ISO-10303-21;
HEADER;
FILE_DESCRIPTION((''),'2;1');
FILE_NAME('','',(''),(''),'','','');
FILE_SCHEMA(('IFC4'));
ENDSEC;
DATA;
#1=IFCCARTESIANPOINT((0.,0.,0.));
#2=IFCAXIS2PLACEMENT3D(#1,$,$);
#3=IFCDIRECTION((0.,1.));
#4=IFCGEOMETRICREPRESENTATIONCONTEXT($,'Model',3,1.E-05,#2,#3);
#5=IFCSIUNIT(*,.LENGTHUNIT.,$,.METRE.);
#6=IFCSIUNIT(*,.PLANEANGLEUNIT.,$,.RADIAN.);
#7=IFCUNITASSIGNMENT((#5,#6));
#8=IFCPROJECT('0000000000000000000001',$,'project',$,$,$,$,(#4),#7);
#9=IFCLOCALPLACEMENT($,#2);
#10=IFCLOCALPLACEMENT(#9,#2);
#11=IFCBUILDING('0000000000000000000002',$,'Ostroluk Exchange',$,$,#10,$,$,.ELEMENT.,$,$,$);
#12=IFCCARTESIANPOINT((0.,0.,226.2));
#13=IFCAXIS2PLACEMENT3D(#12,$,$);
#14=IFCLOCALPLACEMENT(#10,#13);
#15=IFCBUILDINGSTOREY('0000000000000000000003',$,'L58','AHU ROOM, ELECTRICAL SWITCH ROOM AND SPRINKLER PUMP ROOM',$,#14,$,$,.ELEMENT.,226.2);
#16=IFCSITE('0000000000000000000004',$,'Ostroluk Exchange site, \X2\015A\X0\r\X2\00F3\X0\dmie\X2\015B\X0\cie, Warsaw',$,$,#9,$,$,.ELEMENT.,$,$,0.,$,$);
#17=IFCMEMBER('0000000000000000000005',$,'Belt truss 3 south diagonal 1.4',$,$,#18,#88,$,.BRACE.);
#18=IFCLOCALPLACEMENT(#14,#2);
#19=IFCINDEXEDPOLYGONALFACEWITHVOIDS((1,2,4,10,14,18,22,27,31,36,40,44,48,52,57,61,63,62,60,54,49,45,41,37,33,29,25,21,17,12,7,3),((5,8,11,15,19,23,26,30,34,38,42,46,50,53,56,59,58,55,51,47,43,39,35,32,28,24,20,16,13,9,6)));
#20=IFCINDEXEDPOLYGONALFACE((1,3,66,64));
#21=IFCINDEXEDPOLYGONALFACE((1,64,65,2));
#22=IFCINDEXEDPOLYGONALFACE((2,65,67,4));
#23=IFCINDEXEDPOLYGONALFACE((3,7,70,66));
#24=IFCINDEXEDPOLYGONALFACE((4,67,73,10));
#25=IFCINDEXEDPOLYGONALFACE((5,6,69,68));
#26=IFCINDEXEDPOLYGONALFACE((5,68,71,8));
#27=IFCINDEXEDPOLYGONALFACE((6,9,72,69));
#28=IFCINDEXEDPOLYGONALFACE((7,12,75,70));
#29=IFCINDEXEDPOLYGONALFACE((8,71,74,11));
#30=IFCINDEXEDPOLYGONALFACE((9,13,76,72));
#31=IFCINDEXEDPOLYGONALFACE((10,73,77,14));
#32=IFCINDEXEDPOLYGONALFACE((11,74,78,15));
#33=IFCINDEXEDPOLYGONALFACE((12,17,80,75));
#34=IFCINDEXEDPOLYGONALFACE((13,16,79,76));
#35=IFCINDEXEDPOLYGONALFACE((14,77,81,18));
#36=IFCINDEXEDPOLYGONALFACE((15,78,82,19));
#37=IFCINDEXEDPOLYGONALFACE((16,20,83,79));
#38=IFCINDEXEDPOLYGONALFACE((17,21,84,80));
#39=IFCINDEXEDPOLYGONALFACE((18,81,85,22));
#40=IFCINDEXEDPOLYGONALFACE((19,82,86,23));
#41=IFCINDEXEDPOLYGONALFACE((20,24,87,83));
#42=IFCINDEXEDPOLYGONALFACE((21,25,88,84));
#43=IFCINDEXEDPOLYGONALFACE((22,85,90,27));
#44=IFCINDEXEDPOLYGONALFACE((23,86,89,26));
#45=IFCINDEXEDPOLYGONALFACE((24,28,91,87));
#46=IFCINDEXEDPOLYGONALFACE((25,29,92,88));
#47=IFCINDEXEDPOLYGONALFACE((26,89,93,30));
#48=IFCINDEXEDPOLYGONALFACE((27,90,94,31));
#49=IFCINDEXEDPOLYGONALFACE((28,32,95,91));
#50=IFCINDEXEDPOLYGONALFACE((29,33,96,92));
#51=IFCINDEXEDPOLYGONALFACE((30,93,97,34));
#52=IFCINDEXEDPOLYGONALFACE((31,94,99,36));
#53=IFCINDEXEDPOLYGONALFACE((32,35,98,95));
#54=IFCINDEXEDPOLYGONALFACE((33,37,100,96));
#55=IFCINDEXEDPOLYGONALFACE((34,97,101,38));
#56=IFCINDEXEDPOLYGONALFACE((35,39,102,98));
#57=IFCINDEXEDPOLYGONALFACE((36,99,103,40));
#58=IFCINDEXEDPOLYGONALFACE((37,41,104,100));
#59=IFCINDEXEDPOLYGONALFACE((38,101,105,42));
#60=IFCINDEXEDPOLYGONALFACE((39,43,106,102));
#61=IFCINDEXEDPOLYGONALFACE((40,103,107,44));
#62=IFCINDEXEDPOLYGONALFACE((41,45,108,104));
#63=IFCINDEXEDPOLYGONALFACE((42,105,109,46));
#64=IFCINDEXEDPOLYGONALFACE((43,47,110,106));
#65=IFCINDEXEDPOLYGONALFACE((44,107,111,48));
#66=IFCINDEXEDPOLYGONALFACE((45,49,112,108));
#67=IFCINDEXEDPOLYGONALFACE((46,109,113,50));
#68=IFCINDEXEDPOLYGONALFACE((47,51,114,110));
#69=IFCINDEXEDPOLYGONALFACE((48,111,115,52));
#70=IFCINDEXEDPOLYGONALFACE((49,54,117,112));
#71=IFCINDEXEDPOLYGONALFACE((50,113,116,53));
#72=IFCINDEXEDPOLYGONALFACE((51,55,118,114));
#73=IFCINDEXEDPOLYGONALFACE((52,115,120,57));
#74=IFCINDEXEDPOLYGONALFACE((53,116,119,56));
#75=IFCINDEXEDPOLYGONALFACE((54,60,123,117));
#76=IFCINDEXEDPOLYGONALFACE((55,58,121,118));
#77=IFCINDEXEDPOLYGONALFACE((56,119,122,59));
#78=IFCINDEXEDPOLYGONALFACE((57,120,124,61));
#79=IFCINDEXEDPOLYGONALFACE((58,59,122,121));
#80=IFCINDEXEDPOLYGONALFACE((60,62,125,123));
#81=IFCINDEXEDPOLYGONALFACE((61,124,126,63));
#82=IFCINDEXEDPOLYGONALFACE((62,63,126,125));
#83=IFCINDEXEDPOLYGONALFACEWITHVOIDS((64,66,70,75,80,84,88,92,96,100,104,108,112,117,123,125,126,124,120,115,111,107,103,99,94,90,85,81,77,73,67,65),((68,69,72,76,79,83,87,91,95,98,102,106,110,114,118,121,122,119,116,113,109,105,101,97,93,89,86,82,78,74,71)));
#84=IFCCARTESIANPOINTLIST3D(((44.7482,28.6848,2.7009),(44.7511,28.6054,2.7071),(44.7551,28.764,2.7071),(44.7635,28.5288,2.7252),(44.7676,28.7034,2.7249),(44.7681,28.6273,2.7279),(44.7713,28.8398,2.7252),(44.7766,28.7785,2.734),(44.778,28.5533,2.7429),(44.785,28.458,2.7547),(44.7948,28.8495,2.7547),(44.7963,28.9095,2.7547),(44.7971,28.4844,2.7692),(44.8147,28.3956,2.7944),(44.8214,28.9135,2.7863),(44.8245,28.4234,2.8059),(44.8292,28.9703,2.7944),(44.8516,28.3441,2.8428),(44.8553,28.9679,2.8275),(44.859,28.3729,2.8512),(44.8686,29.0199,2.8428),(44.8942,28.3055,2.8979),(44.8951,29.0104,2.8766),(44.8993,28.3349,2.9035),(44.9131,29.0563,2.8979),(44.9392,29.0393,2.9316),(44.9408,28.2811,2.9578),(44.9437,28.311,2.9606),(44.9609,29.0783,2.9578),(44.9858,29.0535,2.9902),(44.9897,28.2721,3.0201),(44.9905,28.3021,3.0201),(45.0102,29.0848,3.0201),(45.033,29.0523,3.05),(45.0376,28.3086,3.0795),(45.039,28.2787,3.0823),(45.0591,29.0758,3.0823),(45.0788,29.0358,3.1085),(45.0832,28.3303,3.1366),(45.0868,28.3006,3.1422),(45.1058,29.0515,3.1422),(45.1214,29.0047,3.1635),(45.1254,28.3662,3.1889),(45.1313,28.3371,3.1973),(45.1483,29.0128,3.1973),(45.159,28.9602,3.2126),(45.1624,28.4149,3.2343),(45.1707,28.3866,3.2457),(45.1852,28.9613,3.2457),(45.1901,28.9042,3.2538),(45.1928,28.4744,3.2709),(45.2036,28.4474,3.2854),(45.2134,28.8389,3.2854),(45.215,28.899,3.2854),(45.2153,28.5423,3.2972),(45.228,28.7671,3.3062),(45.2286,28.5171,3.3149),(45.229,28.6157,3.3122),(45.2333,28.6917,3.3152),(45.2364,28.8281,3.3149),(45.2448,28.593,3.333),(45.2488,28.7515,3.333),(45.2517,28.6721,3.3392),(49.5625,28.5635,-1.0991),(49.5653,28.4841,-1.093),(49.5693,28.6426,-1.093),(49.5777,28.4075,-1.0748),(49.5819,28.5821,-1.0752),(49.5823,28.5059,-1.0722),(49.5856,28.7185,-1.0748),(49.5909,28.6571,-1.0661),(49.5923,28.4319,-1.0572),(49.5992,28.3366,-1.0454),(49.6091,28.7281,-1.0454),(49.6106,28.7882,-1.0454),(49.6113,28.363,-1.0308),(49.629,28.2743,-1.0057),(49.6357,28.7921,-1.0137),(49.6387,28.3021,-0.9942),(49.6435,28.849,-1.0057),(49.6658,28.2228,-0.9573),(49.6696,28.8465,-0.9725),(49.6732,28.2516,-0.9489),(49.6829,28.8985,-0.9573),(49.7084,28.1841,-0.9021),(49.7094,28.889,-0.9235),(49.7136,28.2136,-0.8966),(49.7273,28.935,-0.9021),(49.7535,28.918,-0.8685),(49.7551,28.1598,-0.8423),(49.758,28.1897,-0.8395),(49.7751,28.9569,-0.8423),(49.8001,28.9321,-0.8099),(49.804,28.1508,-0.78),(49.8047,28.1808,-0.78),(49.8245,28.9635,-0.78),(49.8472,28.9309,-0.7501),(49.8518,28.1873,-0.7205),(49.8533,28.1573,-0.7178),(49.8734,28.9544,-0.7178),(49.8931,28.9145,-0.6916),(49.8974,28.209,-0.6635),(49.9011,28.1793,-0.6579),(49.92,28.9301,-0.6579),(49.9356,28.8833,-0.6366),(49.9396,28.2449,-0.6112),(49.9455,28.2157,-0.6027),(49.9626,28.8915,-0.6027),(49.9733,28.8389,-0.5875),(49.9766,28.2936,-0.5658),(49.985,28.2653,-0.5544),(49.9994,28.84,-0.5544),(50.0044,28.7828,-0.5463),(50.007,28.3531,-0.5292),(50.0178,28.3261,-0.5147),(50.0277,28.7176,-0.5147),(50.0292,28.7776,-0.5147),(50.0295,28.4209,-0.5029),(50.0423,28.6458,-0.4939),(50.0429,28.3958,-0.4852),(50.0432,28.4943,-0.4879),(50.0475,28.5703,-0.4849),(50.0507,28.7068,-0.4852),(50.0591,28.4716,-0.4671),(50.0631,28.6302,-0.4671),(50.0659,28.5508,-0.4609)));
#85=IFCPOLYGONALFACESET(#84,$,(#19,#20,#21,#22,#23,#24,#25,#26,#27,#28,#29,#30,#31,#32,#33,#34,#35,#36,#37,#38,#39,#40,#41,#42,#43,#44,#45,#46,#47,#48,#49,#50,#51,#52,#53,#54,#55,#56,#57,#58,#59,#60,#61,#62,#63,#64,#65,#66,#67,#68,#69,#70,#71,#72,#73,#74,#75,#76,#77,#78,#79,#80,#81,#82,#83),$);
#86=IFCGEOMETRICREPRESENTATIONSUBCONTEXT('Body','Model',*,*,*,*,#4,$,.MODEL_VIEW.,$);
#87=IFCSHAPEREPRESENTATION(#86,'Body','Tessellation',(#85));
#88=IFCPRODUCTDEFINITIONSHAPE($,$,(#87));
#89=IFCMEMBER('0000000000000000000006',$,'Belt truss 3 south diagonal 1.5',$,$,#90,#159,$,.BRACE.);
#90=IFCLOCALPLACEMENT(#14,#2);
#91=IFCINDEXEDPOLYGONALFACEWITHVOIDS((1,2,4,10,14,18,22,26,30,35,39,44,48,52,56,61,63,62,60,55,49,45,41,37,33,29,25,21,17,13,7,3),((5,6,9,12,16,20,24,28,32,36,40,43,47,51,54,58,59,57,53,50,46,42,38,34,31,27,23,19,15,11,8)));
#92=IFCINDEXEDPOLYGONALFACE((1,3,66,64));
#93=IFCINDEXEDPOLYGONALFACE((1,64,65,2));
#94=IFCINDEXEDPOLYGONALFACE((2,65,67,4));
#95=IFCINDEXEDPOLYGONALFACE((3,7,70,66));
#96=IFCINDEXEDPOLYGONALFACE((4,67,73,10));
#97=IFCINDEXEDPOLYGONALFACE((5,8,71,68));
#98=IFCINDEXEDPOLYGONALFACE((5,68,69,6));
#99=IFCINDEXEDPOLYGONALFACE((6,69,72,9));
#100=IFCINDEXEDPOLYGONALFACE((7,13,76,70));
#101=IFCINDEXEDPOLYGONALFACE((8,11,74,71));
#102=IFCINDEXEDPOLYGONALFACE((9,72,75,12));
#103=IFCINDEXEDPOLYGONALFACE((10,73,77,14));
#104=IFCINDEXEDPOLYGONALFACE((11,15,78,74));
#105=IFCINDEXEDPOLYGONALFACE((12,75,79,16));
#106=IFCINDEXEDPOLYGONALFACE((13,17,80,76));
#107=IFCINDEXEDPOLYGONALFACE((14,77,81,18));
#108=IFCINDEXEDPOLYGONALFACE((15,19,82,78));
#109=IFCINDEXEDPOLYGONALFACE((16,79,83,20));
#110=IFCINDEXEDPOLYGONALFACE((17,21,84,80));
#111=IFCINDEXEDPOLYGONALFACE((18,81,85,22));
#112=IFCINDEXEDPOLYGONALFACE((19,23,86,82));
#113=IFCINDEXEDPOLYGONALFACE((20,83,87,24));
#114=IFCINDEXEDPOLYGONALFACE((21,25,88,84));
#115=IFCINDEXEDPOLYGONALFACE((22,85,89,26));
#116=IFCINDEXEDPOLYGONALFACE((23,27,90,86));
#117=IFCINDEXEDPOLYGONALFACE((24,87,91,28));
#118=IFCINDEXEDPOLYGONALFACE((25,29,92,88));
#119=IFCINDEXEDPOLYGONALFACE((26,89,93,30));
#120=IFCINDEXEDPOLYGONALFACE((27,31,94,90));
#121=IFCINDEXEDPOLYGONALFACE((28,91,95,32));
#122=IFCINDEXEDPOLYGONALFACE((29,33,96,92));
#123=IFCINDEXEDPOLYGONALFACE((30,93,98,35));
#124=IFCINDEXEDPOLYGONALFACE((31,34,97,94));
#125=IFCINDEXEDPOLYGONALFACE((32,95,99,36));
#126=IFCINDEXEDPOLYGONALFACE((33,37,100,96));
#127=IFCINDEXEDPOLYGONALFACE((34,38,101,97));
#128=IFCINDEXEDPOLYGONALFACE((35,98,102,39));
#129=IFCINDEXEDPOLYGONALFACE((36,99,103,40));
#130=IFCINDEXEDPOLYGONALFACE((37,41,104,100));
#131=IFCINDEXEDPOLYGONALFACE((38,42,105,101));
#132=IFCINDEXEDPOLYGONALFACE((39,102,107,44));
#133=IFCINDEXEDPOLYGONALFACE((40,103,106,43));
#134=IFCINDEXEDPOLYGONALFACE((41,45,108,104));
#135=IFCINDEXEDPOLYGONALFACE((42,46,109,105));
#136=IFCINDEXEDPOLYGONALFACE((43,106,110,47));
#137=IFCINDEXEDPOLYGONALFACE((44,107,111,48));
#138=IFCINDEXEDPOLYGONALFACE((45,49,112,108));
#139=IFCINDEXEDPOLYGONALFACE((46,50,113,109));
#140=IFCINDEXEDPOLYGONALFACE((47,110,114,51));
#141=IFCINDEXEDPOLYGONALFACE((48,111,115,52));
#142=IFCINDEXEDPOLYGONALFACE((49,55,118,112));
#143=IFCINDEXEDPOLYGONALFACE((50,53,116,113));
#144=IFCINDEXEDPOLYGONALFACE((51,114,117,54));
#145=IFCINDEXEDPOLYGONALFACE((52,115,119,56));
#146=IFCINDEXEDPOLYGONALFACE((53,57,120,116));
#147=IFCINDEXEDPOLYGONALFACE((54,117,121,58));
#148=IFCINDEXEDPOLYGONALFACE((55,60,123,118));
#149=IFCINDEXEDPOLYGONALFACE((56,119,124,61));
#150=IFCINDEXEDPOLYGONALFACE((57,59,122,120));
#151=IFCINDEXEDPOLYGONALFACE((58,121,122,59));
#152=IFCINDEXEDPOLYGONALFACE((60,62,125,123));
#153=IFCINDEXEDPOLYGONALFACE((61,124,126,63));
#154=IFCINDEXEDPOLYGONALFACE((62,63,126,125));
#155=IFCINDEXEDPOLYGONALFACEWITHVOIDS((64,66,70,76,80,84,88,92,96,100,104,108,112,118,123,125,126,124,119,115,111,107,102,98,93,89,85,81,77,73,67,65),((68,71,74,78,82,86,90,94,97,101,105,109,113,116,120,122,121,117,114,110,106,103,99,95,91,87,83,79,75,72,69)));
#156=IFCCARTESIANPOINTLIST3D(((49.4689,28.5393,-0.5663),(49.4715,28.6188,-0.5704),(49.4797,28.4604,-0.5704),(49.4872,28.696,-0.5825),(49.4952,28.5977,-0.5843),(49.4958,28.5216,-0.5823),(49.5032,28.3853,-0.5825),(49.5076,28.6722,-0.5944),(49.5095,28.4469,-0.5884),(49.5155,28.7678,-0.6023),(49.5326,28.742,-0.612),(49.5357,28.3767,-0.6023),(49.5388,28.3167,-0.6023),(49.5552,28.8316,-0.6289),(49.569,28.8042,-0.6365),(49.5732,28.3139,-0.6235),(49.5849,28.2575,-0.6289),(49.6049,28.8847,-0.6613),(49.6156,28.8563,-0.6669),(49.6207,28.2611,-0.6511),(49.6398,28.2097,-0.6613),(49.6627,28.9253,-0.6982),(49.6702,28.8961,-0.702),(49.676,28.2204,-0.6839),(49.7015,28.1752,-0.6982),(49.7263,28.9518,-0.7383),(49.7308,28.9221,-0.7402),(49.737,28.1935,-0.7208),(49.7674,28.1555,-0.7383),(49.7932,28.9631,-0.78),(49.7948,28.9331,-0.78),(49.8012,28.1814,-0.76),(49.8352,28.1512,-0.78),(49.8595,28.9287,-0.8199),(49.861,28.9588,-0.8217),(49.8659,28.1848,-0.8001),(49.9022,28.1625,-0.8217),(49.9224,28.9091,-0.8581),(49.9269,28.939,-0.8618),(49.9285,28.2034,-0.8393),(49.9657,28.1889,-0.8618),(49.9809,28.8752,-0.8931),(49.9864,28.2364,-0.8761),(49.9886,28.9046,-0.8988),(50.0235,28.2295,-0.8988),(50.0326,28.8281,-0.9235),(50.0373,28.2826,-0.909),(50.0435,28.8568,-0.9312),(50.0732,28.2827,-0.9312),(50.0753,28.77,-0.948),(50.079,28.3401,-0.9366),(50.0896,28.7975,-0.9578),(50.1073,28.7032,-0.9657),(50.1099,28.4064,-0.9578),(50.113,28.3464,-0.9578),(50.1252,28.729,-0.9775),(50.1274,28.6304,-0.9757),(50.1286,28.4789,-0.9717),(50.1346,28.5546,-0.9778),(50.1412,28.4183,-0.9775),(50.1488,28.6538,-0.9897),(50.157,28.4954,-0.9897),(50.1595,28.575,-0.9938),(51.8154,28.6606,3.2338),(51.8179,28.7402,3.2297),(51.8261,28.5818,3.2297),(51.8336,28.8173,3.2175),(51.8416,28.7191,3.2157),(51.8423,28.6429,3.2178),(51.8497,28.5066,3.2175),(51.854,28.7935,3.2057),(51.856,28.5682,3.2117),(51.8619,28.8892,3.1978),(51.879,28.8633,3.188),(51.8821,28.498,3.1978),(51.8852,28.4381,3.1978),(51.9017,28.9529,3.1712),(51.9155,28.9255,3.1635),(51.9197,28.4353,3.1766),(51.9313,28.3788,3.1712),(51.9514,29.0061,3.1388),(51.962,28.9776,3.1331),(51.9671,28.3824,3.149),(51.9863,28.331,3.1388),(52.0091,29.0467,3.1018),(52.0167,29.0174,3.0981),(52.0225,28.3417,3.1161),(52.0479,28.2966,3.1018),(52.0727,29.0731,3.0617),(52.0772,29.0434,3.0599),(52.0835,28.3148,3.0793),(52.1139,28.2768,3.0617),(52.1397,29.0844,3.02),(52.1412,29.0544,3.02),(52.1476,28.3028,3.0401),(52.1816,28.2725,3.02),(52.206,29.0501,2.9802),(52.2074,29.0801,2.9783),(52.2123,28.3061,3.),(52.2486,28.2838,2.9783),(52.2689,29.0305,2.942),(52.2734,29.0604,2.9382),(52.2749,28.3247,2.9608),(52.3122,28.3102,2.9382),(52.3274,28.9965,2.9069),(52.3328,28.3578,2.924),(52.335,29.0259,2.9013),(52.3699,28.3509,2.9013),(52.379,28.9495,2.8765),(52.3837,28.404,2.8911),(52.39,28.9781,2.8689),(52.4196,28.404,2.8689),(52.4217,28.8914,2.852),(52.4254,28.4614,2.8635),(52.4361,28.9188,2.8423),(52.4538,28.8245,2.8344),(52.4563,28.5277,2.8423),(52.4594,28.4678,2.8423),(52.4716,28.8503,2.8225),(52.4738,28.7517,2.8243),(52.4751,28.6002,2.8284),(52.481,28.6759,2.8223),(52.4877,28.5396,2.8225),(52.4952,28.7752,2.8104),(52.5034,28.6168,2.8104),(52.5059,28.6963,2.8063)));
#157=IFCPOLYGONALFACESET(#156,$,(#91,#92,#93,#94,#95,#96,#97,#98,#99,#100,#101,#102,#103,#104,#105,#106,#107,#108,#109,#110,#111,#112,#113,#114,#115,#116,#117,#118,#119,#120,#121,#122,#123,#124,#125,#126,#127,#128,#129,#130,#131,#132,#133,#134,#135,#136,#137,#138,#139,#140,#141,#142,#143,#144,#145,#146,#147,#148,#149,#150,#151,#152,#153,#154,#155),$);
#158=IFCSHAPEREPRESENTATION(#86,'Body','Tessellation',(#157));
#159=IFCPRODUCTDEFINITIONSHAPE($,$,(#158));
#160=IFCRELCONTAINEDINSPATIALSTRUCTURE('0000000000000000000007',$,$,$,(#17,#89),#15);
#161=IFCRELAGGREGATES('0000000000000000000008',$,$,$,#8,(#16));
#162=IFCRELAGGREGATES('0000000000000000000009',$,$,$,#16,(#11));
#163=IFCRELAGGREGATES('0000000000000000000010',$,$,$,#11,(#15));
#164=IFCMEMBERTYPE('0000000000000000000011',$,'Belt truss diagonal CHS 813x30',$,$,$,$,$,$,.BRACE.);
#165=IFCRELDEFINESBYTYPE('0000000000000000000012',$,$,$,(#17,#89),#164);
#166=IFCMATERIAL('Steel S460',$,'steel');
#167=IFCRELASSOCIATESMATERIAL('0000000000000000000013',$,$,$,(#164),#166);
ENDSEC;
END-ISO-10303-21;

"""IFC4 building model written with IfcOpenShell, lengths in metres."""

from ifc_helpers import new_model, si_unit, direction, frame, origin, origin_2d, place, context, subcontext, project, spatial, hollow_circle, extrude, material, material_profile, profile_set, type_object, element, save


model = new_model("IFC4")

# Units and contexts
model_context = context("Model", 3, precision=1e-05, world=origin(), true_north=direction((0.0, 1.0)))
body_context = subcontext(model_context, "Body", "Model", "MODEL_VIEW")
ifc_project = project(units=[si_unit("LENGTHUNIT", "METRE"), si_unit("PLANEANGLEUNIT", "RADIAN")], contexts=[model_context])

# Site, building, storey
site_placement = place(None, origin())
site = spatial("IfcSite", under=ifc_project, at=site_placement, Name="Ostroluk Exchange site, Śródmieście, Warsaw", CompositionType="ELEMENT", RefElevation=0.0)
building_placement = place(site_placement, origin())
building = spatial("IfcBuilding", under=site, at=building_placement, Name="Ostroluk Exchange", CompositionType="ELEMENT")
storey_placement = place(building_placement, frame((0.0, 0.0, 226.2)))
storey = spatial("IfcBuildingStorey", under=building, at=storey_placement, Name="L58", Description="AHU ROOM, ELECTRICAL SWITCH ROOM AND SPRINKLER PUMP ROOM", CompositionType="ELEMENT", Elevation=226.2)

# Members
ifc_material_1 = material(Name="Steel S460", Category="steel")
ifc_material_profile_1 = material_profile(ifc_material_1, hollow_circle(Radius=0.4065, WallThickness=0.03, at=origin_2d()), Name="CHS 813x30")
ifc_profile_set_1 = profile_set([ifc_material_profile_1], Name="Steel S460")
member_type_1 = type_object("IfcMemberType", Name="Belt truss diagonal CHS 813x30", PredefinedType="BRACE", material=ifc_profile_set_1)
member_1_placement = place(storey_placement, frame((49.8142, 28.5571, -0.78), z_axis=(-0.78478, 0.01978, 0.619459), x_axis=(-0.025196, -0.999683, 0.0)))
element("IfcMember", 1, at=member_1_placement, inside=storey, type_object=member_type_1, Name="Belt truss 3 south diagonal 1.4", PredefinedType="BRACE", context=body_context, shape_type="SweptSolid", body=[
    extrude(hollow_circle(Radius=0.4065, WallThickness=0.03, at=origin_2d()), origin(), (0.0, 0.0, 1.0), 6.1345),
])
member_2_placement = place(storey_placement, frame((49.8142, 28.5571, -0.78), z_axis=(0.525193, 0.027159, 0.85055), x_axis=(-0.051643, 0.998666, 0.0)))
element("IfcMember", 2, at=member_2_placement, inside=storey, type_object=member_type_1, Name="Belt truss 3 south diagonal 1.5", PredefinedType="BRACE", context=body_context, shape_type="SweptSolid", body=[
    extrude(hollow_circle(Radius=0.4065, WallThickness=0.03, at=origin_2d()), origin(), (0.0, 0.0, 1.0), 4.4678),
])

save(model, "model.ifc")
